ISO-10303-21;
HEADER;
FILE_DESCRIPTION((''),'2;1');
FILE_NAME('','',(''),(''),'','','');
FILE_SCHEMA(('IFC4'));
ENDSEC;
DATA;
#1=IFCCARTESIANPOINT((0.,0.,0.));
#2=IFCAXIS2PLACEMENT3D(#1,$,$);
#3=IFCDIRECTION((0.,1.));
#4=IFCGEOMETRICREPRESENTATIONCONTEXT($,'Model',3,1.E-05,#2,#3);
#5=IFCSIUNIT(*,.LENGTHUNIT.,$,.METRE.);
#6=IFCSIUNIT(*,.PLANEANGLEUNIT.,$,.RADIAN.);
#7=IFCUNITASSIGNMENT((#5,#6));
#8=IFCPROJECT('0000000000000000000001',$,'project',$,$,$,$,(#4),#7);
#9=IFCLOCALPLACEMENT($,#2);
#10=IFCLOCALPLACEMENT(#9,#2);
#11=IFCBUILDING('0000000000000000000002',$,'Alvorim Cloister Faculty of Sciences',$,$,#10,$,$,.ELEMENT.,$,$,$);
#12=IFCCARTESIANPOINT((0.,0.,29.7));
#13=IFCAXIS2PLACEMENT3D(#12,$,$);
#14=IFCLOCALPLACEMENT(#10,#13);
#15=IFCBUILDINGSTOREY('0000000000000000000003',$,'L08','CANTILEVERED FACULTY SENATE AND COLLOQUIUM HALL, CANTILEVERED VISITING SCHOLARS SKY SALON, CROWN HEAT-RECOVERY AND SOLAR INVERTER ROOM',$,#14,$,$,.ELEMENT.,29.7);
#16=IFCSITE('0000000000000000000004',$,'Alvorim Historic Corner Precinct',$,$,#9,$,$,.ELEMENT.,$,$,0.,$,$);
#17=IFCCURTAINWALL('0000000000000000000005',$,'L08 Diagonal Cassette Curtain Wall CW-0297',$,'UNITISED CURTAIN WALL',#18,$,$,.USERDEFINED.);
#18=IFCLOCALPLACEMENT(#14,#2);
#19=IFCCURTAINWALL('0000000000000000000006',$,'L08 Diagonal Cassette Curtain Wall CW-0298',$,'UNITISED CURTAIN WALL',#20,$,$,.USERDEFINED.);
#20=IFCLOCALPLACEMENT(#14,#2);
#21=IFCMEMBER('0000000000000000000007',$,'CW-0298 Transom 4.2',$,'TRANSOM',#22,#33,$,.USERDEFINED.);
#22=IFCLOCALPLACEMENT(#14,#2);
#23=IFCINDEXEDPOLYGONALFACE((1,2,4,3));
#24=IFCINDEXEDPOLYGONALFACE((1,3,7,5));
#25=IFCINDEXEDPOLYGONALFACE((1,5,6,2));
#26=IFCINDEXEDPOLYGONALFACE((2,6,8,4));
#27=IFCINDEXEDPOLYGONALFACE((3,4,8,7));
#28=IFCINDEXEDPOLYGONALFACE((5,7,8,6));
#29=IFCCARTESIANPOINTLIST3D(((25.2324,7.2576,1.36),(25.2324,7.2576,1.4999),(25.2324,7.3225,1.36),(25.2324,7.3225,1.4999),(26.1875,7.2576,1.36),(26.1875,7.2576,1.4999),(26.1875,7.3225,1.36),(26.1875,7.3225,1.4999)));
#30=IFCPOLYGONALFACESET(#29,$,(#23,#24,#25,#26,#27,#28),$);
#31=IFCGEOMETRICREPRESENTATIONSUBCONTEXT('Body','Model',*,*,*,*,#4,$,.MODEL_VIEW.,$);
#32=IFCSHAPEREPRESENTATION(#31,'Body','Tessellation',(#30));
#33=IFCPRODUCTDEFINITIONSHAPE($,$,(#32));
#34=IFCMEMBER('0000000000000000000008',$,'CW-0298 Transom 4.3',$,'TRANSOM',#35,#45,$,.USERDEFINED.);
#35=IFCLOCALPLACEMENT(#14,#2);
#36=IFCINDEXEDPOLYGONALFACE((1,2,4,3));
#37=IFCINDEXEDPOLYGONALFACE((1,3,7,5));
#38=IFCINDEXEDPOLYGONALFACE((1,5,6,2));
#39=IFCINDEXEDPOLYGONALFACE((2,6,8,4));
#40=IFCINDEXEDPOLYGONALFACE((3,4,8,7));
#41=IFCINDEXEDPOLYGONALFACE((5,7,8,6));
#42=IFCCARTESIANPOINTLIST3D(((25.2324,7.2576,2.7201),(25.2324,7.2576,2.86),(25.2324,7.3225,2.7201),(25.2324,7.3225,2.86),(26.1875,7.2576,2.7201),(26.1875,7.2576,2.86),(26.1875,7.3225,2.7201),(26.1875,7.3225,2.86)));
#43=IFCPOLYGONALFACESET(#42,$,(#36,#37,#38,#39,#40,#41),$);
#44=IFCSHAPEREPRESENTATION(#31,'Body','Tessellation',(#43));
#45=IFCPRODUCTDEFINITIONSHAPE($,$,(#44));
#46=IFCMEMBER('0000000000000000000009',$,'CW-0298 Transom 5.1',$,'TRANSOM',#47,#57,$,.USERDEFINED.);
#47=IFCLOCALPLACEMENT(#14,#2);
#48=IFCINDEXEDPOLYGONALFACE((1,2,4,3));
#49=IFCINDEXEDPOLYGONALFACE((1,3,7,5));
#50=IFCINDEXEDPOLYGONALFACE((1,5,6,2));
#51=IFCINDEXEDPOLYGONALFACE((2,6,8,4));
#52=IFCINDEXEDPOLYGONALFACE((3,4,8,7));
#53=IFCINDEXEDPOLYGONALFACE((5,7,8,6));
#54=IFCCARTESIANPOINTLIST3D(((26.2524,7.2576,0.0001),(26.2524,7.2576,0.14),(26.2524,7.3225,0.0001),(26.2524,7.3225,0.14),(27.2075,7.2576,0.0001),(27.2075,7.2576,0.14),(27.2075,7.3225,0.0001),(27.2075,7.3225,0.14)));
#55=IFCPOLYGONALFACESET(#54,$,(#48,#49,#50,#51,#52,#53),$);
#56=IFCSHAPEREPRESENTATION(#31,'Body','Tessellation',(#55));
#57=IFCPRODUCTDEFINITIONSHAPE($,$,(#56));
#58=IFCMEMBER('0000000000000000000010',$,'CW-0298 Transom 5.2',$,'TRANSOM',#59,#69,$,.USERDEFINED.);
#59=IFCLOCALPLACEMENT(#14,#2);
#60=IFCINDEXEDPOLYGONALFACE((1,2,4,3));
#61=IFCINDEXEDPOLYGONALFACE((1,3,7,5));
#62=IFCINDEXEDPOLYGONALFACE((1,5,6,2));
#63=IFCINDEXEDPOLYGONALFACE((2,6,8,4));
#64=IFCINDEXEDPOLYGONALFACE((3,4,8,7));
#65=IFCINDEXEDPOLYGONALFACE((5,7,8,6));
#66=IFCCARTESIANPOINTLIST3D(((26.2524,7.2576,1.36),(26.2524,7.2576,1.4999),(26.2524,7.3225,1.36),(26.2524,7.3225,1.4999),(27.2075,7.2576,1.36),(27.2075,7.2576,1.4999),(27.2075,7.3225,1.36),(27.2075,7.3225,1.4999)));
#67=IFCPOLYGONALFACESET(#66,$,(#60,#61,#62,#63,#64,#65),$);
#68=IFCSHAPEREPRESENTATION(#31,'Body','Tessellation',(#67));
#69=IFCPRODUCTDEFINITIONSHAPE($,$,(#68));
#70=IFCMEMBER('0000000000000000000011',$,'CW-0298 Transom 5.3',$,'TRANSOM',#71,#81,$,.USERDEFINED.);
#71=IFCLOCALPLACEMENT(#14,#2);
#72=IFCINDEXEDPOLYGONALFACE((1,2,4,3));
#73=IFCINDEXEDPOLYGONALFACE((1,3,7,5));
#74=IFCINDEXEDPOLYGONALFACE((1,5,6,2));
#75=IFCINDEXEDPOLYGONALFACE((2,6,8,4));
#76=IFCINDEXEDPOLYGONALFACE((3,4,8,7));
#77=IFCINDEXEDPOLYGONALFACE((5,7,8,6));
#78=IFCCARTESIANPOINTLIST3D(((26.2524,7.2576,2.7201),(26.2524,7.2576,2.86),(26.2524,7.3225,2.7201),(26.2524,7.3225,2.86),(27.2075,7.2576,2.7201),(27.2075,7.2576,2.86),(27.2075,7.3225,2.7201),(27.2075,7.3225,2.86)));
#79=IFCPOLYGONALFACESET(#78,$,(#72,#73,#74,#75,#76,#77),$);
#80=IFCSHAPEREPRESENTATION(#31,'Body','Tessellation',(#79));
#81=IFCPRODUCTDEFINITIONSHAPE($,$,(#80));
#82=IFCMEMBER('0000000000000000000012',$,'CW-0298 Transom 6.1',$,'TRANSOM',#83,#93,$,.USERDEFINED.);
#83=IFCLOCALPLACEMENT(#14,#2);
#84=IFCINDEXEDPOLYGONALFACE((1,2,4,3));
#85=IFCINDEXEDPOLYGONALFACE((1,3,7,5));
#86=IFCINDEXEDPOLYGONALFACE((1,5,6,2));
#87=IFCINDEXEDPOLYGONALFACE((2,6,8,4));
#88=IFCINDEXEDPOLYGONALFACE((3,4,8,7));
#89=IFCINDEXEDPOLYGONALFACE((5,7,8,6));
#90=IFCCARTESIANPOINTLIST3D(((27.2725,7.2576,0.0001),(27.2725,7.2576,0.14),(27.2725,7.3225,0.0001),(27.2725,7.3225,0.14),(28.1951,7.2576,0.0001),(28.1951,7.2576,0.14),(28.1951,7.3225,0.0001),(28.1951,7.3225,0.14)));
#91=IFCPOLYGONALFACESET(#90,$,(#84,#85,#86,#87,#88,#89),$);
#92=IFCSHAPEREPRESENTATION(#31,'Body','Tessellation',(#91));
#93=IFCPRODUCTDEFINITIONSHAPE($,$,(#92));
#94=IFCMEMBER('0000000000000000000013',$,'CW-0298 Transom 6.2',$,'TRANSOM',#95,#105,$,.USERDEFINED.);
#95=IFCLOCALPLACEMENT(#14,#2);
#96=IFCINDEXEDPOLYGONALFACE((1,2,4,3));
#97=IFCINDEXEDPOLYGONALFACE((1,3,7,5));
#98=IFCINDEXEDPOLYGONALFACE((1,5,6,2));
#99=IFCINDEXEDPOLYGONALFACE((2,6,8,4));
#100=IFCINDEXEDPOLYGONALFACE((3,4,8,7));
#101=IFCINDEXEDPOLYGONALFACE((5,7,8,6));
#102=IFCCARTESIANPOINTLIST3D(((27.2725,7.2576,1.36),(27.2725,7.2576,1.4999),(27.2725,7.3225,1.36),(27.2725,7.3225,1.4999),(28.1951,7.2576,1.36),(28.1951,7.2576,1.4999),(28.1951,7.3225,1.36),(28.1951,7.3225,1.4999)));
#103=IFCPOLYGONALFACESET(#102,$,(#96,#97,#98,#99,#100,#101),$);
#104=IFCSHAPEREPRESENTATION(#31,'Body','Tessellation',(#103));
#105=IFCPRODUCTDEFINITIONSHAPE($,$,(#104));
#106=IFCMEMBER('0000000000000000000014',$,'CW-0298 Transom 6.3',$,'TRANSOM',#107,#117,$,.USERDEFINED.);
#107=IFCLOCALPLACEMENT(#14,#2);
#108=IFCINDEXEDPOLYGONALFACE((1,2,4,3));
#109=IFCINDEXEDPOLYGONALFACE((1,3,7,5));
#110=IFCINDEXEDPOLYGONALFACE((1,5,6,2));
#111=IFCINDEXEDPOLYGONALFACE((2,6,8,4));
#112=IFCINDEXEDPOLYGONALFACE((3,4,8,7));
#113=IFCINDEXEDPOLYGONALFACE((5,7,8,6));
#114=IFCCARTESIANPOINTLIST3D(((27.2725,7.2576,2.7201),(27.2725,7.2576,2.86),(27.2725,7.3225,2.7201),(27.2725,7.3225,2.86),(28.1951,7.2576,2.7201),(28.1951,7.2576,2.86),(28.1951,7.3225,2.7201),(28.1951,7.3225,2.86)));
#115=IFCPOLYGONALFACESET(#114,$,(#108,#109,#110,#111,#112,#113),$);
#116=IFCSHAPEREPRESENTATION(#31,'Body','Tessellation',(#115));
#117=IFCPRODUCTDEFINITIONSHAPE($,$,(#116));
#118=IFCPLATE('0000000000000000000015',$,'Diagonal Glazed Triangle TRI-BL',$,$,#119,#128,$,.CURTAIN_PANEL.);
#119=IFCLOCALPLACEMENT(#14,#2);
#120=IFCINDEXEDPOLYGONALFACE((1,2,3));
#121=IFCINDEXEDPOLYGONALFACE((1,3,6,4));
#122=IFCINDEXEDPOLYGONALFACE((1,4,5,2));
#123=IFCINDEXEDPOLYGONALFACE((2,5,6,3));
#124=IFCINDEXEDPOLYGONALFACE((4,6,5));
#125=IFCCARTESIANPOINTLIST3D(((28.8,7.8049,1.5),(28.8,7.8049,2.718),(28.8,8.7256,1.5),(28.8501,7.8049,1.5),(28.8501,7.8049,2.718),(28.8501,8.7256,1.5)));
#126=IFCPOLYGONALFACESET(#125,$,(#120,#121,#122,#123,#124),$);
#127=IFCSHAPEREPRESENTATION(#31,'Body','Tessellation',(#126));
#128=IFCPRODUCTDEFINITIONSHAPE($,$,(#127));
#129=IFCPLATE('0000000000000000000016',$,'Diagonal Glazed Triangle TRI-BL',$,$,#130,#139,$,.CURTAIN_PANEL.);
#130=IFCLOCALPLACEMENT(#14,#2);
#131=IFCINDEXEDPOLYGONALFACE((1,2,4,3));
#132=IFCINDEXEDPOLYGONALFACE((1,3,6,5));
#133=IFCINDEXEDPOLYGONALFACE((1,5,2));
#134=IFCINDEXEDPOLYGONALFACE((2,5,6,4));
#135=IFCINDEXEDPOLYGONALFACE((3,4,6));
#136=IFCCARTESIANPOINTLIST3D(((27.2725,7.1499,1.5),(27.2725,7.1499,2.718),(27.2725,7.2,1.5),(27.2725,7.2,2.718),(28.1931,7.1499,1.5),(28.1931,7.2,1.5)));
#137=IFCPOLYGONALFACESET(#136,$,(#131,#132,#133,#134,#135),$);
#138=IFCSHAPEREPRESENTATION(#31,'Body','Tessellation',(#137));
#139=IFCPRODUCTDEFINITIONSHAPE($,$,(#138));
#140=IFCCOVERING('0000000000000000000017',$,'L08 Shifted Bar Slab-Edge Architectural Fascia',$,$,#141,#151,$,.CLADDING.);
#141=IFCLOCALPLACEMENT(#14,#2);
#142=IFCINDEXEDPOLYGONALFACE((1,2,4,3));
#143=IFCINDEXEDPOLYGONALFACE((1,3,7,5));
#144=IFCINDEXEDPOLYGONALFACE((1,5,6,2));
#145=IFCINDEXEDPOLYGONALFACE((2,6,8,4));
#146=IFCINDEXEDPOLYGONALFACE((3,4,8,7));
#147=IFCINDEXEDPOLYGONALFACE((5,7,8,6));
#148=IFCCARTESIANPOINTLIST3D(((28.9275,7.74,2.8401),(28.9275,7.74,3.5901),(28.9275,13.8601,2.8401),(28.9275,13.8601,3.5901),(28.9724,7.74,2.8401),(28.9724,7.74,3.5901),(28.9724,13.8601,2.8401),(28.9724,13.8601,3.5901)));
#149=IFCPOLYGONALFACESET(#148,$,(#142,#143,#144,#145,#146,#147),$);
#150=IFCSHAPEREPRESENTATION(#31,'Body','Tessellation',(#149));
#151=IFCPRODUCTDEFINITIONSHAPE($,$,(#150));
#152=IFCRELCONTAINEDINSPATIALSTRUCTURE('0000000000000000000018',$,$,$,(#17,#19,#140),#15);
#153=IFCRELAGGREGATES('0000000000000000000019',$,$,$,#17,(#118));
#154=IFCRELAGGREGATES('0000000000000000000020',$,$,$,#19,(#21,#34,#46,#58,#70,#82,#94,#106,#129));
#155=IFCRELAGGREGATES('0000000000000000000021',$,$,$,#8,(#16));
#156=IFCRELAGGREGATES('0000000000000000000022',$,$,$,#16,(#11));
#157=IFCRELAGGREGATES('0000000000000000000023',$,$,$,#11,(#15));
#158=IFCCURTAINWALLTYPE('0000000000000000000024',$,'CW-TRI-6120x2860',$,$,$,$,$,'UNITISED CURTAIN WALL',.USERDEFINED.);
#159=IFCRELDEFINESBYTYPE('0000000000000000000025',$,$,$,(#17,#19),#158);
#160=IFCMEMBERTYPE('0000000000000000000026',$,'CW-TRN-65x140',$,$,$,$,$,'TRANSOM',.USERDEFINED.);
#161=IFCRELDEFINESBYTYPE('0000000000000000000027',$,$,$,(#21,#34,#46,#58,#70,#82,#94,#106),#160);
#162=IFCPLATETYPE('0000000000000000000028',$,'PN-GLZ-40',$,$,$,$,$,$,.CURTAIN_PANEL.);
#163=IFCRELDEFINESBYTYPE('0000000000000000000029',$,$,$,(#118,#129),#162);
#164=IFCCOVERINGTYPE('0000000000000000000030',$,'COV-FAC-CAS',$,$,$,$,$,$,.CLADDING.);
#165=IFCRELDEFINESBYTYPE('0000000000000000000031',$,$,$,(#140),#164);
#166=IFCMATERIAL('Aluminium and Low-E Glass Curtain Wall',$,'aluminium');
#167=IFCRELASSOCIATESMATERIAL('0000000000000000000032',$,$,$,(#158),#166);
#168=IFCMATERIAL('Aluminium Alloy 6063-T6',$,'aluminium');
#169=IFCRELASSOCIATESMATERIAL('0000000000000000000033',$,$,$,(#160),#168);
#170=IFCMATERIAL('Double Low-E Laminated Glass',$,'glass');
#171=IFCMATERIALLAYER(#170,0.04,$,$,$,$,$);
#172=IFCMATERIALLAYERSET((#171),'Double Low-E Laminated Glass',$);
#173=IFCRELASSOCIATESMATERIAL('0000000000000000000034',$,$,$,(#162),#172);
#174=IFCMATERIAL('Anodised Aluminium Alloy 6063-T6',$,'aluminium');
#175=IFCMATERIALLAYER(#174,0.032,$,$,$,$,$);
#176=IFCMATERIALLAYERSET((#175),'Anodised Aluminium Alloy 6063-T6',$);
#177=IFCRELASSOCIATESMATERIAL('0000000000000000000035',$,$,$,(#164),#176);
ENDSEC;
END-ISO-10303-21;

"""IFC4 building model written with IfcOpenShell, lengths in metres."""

from ifc_helpers import new_model, si_unit, direction, frame, origin, origin_2d, place, context, subcontext, project, spatial, polyline, rectangle, outline, extrude, material, layer, layer_set, material_profile, profile_set, type_object, element, aggregate, save


model = new_model("IFC4")

# Units and contexts
model_context = context("Model", 3, precision=1e-05, world=origin(), true_north=direction((0.0, 1.0)))
body_context = subcontext(model_context, "Body", "Model", "MODEL_VIEW")
ifc_project = project(units=[si_unit("LENGTHUNIT", "METRE"), si_unit("PLANEANGLEUNIT", "RADIAN")], contexts=[model_context])

# Site, building, storey
site_placement = place(None, origin())
site = spatial("IfcSite", under=ifc_project, at=site_placement, Name="Alvorim Historic Corner Precinct", CompositionType="ELEMENT", RefElevation=0.0)
building_placement = place(site_placement, origin())
building = spatial("IfcBuilding", under=site, at=building_placement, Name="Alvorim Cloister Faculty of Sciences", CompositionType="ELEMENT")
storey_placement = place(building_placement, frame((0.0, 0.0, 29.7)))
storey = spatial("IfcBuildingStorey", under=building, at=storey_placement, Name="L08", Description="CANTILEVERED FACULTY SENATE AND COLLOQUIUM HALL, CANTILEVERED VISITING SCHOLARS SKY SALON, CROWN HEAT-RECOVERY AND SOLAR INVERTER ROOM", CompositionType="ELEMENT", Elevation=29.7)

# Curtain walls
ifc_material_1 = material(Name="Aluminium and Low-E Glass Curtain Wall", Category="aluminium")
curtain_wall_type = type_object("IfcCurtainWallType", Name="CW-TRI-6120x2860", ElementType="UNITISED CURTAIN WALL", PredefinedType="USERDEFINED", material=ifc_material_1)
curtain_wall_1_placement = place(storey_placement, origin())
curtain_wall_1 = element("IfcCurtainWall", 1, at=curtain_wall_1_placement, inside=storey, type_object=curtain_wall_type, Name="L08 Diagonal Cassette Curtain Wall CW-0297", ObjectType="UNITISED CURTAIN WALL", PredefinedType="USERDEFINED")
ifc_material_2 = material(Name="Aluminium Alloy 6063-T6", Category="aluminium")
curtain_wall_2_placement = place(storey_placement, origin())
curtain_wall_2 = element("IfcCurtainWall", 2, at=curtain_wall_2_placement, inside=storey, type_object=curtain_wall_type, Name="L08 Diagonal Cassette Curtain Wall CW-0298", ObjectType="UNITISED CURTAIN WALL", PredefinedType="USERDEFINED")

# Members
ifc_material_profile_1 = material_profile(ifc_material_2, rectangle(XDim=0.0649, YDim=0.1399, at=origin_2d()), Name="ALU-TRN-65x140")
ifc_profile_set_1 = profile_set([ifc_material_profile_1], Name="Aluminium Alloy 6063-T6")
member_type_1 = type_object("IfcMemberType", Name="CW-TRN-65x140", ElementType="TRANSOM", PredefinedType="USERDEFINED", material=ifc_profile_set_1)
member_1_placement = place(storey_placement, frame((25.2324, 7.29, 1.4299), z_axis=(1.0, 0.0, 0.0), x_axis=(0.0, 1.0, 0.0)))
member_1 = element("IfcMember", 3, at=member_1_placement, type_object=member_type_1, Name="CW-0298 Transom 4.2", ObjectType="TRANSOM", PredefinedType="USERDEFINED", context=body_context, shape_type="SweptSolid", body=[
    extrude(rectangle(XDim=0.0649, YDim=0.1399, at=origin_2d()), origin(), (0.0, 0.0, 1.0), 0.9551),
])
member_2_placement = place(storey_placement, frame((25.2324, 7.29, 2.79), z_axis=(1.0, 0.0, 0.0), x_axis=(0.0, 1.0, 0.0)))
member_2 = element("IfcMember", 4, at=member_2_placement, type_object=member_type_1, Name="CW-0298 Transom 4.3", ObjectType="TRANSOM", PredefinedType="USERDEFINED", context=body_context, shape_type="SweptSolid", body=[
    extrude(rectangle(XDim=0.0649, YDim=0.1399, at=origin_2d()), origin(), (0.0, 0.0, 1.0), 0.9551),
])
member_3_placement = place(storey_placement, frame((26.2524, 7.29, 0.0701), z_axis=(1.0, 0.0, 0.0), x_axis=(0.0, 1.0, 0.0)))
member_3 = element("IfcMember", 5, at=member_3_placement, type_object=member_type_1, Name="CW-0298 Transom 5.1", ObjectType="TRANSOM", PredefinedType="USERDEFINED", context=body_context, shape_type="SweptSolid", body=[
    extrude(rectangle(XDim=0.0649, YDim=0.1399, at=origin_2d()), origin(), (0.0, 0.0, 1.0), 0.9551),
])
member_4_placement = place(storey_placement, frame((26.2524, 7.29, 1.4299), z_axis=(1.0, 0.0, 0.0), x_axis=(0.0, 1.0, 0.0)))
member_4 = element("IfcMember", 6, at=member_4_placement, type_object=member_type_1, Name="CW-0298 Transom 5.2", ObjectType="TRANSOM", PredefinedType="USERDEFINED", context=body_context, shape_type="SweptSolid", body=[
    extrude(rectangle(XDim=0.0649, YDim=0.1399, at=origin_2d()), origin(), (0.0, 0.0, 1.0), 0.9551),
])
member_5_placement = place(storey_placement, frame((26.2524, 7.29, 2.79), z_axis=(1.0, 0.0, 0.0), x_axis=(0.0, 1.0, 0.0)))
member_5 = element("IfcMember", 7, at=member_5_placement, type_object=member_type_1, Name="CW-0298 Transom 5.3", ObjectType="TRANSOM", PredefinedType="USERDEFINED", context=body_context, shape_type="SweptSolid", body=[
    extrude(rectangle(XDim=0.0649, YDim=0.1399, at=origin_2d()), origin(), (0.0, 0.0, 1.0), 0.9551),
])
member_6_placement = place(storey_placement, frame((27.2725, 7.29, 0.0701), z_axis=(1.0, 0.0, 0.0), x_axis=(0.0, 1.0, 0.0)))
member_6 = element("IfcMember", 8, at=member_6_placement, type_object=member_type_1, Name="CW-0298 Transom 6.1", ObjectType="TRANSOM", PredefinedType="USERDEFINED", context=body_context, shape_type="SweptSolid", body=[
    extrude(rectangle(XDim=0.0649, YDim=0.1399, at=origin_2d()), origin(), (0.0, 0.0, 1.0), 0.9226),
])
member_7_placement = place(storey_placement, frame((27.2725, 7.29, 1.4299), z_axis=(1.0, 0.0, 0.0), x_axis=(0.0, 1.0, 0.0)))
member_7 = element("IfcMember", 9, at=member_7_placement, type_object=member_type_1, Name="CW-0298 Transom 6.2", ObjectType="TRANSOM", PredefinedType="USERDEFINED", context=body_context, shape_type="SweptSolid", body=[
    extrude(rectangle(XDim=0.0649, YDim=0.1399, at=origin_2d()), origin(), (0.0, 0.0, 1.0), 0.9226),
])
member_8_placement = place(storey_placement, frame((27.2725, 7.29, 2.79), z_axis=(1.0, 0.0, 0.0), x_axis=(0.0, 1.0, 0.0)))
member_8 = element("IfcMember", 10, at=member_8_placement, type_object=member_type_1, Name="CW-0298 Transom 6.3", ObjectType="TRANSOM", PredefinedType="USERDEFINED", context=body_context, shape_type="SweptSolid", body=[
    extrude(rectangle(XDim=0.0649, YDim=0.1399, at=origin_2d()), origin(), (0.0, 0.0, 1.0), 0.9226),
])

# Plates
ifc_material_3 = material(Name="Double Low-E Laminated Glass", Category="glass")
ifc_layer_1 = layer(ifc_material_3, 0.04)
ifc_layer_set_1 = layer_set([ifc_layer_1], Name="Double Low-E Laminated Glass")
plate_type = type_object("IfcPlateType", Name="PN-GLZ-40", PredefinedType="CURTAIN_PANEL", material=ifc_layer_set_1)
plate_1_placement = place(storey_placement, frame((28.825, 7.8049, 1.5), z_axis=(0.0, 0.0, 1.0), x_axis=(0.0, 1.0, 0.0)))
plate_1 = element("IfcPlate", 11, at=plate_1_placement, type_object=plate_type, Name="Diagonal Glazed Triangle TRI-BL", PredefinedType="CURTAIN_PANEL", context=body_context, shape_type="SweptSolid", body=[
    extrude(outline(polyline([(0.0, 0.0), (0.9207, 0.0), (0.0, 1.218), (0.0, 0.0)])), frame((0.0, 0.0249, 0.0), z_axis=(0.0, -1.0, 0.0), x_axis=(1.0, 0.0, 0.0)), (0.0, 0.0, 1.0), 0.05),
])
aggregate(curtain_wall_1, [plate_1])
plate_2_placement = place(storey_placement, frame((27.2725, 7.175, 1.5), z_axis=(0.0, 0.0, 1.0), x_axis=(1.0, 0.0, 0.0)))
plate_2 = element("IfcPlate", 12, at=plate_2_placement, type_object=plate_type, Name="Diagonal Glazed Triangle TRI-BL", PredefinedType="CURTAIN_PANEL", context=body_context, shape_type="SweptSolid", body=[
    extrude(outline(polyline([(0.0, 0.0), (0.9207, 0.0), (0.0, 1.218), (0.0, 0.0)])), frame((0.0, 0.0249, 0.0), z_axis=(0.0, -1.0, 0.0), x_axis=(1.0, 0.0, 0.0)), (0.0, 0.0, 1.0), 0.05),
])
aggregate(curtain_wall_2, [member_1, member_2, member_3, member_4, member_5, member_6, member_7, member_8, plate_2])

# Covering
ifc_material_4 = material(Name="Anodised Aluminium Alloy 6063-T6", Category="aluminium")
ifc_layer_2 = layer(ifc_material_4, 0.032)
ifc_layer_set_2 = layer_set([ifc_layer_2], Name="Anodised Aluminium Alloy 6063-T6")
covering_type = type_object("IfcCoveringType", Name="COV-FAC-CAS", PredefinedType="CLADDING", material=ifc_layer_set_2)
covering_placement = place(storey_placement, frame((28.95, 7.74, 2.8401), z_axis=(0.0, 0.0, 1.0), x_axis=(0.0, 1.0, 0.0)))
element("IfcCovering", 13, at=covering_placement, inside=storey, type_object=covering_type, Name="L08 Shifted Bar Slab-Edge Architectural Fascia", PredefinedType="CLADDING", context=body_context, shape_type="SweptSolid", body=[
    extrude(outline(polyline([(0.0, 0.0), (6.1201, 0.0), (6.1201, 0.75), (0.0, 0.75), (0.0, 0.0)])), frame((0.0, 0.0225, 0.0), z_axis=(0.0, -1.0, 0.0), x_axis=(1.0, 0.0, 0.0)), (0.0, 0.0, 1.0), 0.0449),
])

save(model, "model.ifc")
